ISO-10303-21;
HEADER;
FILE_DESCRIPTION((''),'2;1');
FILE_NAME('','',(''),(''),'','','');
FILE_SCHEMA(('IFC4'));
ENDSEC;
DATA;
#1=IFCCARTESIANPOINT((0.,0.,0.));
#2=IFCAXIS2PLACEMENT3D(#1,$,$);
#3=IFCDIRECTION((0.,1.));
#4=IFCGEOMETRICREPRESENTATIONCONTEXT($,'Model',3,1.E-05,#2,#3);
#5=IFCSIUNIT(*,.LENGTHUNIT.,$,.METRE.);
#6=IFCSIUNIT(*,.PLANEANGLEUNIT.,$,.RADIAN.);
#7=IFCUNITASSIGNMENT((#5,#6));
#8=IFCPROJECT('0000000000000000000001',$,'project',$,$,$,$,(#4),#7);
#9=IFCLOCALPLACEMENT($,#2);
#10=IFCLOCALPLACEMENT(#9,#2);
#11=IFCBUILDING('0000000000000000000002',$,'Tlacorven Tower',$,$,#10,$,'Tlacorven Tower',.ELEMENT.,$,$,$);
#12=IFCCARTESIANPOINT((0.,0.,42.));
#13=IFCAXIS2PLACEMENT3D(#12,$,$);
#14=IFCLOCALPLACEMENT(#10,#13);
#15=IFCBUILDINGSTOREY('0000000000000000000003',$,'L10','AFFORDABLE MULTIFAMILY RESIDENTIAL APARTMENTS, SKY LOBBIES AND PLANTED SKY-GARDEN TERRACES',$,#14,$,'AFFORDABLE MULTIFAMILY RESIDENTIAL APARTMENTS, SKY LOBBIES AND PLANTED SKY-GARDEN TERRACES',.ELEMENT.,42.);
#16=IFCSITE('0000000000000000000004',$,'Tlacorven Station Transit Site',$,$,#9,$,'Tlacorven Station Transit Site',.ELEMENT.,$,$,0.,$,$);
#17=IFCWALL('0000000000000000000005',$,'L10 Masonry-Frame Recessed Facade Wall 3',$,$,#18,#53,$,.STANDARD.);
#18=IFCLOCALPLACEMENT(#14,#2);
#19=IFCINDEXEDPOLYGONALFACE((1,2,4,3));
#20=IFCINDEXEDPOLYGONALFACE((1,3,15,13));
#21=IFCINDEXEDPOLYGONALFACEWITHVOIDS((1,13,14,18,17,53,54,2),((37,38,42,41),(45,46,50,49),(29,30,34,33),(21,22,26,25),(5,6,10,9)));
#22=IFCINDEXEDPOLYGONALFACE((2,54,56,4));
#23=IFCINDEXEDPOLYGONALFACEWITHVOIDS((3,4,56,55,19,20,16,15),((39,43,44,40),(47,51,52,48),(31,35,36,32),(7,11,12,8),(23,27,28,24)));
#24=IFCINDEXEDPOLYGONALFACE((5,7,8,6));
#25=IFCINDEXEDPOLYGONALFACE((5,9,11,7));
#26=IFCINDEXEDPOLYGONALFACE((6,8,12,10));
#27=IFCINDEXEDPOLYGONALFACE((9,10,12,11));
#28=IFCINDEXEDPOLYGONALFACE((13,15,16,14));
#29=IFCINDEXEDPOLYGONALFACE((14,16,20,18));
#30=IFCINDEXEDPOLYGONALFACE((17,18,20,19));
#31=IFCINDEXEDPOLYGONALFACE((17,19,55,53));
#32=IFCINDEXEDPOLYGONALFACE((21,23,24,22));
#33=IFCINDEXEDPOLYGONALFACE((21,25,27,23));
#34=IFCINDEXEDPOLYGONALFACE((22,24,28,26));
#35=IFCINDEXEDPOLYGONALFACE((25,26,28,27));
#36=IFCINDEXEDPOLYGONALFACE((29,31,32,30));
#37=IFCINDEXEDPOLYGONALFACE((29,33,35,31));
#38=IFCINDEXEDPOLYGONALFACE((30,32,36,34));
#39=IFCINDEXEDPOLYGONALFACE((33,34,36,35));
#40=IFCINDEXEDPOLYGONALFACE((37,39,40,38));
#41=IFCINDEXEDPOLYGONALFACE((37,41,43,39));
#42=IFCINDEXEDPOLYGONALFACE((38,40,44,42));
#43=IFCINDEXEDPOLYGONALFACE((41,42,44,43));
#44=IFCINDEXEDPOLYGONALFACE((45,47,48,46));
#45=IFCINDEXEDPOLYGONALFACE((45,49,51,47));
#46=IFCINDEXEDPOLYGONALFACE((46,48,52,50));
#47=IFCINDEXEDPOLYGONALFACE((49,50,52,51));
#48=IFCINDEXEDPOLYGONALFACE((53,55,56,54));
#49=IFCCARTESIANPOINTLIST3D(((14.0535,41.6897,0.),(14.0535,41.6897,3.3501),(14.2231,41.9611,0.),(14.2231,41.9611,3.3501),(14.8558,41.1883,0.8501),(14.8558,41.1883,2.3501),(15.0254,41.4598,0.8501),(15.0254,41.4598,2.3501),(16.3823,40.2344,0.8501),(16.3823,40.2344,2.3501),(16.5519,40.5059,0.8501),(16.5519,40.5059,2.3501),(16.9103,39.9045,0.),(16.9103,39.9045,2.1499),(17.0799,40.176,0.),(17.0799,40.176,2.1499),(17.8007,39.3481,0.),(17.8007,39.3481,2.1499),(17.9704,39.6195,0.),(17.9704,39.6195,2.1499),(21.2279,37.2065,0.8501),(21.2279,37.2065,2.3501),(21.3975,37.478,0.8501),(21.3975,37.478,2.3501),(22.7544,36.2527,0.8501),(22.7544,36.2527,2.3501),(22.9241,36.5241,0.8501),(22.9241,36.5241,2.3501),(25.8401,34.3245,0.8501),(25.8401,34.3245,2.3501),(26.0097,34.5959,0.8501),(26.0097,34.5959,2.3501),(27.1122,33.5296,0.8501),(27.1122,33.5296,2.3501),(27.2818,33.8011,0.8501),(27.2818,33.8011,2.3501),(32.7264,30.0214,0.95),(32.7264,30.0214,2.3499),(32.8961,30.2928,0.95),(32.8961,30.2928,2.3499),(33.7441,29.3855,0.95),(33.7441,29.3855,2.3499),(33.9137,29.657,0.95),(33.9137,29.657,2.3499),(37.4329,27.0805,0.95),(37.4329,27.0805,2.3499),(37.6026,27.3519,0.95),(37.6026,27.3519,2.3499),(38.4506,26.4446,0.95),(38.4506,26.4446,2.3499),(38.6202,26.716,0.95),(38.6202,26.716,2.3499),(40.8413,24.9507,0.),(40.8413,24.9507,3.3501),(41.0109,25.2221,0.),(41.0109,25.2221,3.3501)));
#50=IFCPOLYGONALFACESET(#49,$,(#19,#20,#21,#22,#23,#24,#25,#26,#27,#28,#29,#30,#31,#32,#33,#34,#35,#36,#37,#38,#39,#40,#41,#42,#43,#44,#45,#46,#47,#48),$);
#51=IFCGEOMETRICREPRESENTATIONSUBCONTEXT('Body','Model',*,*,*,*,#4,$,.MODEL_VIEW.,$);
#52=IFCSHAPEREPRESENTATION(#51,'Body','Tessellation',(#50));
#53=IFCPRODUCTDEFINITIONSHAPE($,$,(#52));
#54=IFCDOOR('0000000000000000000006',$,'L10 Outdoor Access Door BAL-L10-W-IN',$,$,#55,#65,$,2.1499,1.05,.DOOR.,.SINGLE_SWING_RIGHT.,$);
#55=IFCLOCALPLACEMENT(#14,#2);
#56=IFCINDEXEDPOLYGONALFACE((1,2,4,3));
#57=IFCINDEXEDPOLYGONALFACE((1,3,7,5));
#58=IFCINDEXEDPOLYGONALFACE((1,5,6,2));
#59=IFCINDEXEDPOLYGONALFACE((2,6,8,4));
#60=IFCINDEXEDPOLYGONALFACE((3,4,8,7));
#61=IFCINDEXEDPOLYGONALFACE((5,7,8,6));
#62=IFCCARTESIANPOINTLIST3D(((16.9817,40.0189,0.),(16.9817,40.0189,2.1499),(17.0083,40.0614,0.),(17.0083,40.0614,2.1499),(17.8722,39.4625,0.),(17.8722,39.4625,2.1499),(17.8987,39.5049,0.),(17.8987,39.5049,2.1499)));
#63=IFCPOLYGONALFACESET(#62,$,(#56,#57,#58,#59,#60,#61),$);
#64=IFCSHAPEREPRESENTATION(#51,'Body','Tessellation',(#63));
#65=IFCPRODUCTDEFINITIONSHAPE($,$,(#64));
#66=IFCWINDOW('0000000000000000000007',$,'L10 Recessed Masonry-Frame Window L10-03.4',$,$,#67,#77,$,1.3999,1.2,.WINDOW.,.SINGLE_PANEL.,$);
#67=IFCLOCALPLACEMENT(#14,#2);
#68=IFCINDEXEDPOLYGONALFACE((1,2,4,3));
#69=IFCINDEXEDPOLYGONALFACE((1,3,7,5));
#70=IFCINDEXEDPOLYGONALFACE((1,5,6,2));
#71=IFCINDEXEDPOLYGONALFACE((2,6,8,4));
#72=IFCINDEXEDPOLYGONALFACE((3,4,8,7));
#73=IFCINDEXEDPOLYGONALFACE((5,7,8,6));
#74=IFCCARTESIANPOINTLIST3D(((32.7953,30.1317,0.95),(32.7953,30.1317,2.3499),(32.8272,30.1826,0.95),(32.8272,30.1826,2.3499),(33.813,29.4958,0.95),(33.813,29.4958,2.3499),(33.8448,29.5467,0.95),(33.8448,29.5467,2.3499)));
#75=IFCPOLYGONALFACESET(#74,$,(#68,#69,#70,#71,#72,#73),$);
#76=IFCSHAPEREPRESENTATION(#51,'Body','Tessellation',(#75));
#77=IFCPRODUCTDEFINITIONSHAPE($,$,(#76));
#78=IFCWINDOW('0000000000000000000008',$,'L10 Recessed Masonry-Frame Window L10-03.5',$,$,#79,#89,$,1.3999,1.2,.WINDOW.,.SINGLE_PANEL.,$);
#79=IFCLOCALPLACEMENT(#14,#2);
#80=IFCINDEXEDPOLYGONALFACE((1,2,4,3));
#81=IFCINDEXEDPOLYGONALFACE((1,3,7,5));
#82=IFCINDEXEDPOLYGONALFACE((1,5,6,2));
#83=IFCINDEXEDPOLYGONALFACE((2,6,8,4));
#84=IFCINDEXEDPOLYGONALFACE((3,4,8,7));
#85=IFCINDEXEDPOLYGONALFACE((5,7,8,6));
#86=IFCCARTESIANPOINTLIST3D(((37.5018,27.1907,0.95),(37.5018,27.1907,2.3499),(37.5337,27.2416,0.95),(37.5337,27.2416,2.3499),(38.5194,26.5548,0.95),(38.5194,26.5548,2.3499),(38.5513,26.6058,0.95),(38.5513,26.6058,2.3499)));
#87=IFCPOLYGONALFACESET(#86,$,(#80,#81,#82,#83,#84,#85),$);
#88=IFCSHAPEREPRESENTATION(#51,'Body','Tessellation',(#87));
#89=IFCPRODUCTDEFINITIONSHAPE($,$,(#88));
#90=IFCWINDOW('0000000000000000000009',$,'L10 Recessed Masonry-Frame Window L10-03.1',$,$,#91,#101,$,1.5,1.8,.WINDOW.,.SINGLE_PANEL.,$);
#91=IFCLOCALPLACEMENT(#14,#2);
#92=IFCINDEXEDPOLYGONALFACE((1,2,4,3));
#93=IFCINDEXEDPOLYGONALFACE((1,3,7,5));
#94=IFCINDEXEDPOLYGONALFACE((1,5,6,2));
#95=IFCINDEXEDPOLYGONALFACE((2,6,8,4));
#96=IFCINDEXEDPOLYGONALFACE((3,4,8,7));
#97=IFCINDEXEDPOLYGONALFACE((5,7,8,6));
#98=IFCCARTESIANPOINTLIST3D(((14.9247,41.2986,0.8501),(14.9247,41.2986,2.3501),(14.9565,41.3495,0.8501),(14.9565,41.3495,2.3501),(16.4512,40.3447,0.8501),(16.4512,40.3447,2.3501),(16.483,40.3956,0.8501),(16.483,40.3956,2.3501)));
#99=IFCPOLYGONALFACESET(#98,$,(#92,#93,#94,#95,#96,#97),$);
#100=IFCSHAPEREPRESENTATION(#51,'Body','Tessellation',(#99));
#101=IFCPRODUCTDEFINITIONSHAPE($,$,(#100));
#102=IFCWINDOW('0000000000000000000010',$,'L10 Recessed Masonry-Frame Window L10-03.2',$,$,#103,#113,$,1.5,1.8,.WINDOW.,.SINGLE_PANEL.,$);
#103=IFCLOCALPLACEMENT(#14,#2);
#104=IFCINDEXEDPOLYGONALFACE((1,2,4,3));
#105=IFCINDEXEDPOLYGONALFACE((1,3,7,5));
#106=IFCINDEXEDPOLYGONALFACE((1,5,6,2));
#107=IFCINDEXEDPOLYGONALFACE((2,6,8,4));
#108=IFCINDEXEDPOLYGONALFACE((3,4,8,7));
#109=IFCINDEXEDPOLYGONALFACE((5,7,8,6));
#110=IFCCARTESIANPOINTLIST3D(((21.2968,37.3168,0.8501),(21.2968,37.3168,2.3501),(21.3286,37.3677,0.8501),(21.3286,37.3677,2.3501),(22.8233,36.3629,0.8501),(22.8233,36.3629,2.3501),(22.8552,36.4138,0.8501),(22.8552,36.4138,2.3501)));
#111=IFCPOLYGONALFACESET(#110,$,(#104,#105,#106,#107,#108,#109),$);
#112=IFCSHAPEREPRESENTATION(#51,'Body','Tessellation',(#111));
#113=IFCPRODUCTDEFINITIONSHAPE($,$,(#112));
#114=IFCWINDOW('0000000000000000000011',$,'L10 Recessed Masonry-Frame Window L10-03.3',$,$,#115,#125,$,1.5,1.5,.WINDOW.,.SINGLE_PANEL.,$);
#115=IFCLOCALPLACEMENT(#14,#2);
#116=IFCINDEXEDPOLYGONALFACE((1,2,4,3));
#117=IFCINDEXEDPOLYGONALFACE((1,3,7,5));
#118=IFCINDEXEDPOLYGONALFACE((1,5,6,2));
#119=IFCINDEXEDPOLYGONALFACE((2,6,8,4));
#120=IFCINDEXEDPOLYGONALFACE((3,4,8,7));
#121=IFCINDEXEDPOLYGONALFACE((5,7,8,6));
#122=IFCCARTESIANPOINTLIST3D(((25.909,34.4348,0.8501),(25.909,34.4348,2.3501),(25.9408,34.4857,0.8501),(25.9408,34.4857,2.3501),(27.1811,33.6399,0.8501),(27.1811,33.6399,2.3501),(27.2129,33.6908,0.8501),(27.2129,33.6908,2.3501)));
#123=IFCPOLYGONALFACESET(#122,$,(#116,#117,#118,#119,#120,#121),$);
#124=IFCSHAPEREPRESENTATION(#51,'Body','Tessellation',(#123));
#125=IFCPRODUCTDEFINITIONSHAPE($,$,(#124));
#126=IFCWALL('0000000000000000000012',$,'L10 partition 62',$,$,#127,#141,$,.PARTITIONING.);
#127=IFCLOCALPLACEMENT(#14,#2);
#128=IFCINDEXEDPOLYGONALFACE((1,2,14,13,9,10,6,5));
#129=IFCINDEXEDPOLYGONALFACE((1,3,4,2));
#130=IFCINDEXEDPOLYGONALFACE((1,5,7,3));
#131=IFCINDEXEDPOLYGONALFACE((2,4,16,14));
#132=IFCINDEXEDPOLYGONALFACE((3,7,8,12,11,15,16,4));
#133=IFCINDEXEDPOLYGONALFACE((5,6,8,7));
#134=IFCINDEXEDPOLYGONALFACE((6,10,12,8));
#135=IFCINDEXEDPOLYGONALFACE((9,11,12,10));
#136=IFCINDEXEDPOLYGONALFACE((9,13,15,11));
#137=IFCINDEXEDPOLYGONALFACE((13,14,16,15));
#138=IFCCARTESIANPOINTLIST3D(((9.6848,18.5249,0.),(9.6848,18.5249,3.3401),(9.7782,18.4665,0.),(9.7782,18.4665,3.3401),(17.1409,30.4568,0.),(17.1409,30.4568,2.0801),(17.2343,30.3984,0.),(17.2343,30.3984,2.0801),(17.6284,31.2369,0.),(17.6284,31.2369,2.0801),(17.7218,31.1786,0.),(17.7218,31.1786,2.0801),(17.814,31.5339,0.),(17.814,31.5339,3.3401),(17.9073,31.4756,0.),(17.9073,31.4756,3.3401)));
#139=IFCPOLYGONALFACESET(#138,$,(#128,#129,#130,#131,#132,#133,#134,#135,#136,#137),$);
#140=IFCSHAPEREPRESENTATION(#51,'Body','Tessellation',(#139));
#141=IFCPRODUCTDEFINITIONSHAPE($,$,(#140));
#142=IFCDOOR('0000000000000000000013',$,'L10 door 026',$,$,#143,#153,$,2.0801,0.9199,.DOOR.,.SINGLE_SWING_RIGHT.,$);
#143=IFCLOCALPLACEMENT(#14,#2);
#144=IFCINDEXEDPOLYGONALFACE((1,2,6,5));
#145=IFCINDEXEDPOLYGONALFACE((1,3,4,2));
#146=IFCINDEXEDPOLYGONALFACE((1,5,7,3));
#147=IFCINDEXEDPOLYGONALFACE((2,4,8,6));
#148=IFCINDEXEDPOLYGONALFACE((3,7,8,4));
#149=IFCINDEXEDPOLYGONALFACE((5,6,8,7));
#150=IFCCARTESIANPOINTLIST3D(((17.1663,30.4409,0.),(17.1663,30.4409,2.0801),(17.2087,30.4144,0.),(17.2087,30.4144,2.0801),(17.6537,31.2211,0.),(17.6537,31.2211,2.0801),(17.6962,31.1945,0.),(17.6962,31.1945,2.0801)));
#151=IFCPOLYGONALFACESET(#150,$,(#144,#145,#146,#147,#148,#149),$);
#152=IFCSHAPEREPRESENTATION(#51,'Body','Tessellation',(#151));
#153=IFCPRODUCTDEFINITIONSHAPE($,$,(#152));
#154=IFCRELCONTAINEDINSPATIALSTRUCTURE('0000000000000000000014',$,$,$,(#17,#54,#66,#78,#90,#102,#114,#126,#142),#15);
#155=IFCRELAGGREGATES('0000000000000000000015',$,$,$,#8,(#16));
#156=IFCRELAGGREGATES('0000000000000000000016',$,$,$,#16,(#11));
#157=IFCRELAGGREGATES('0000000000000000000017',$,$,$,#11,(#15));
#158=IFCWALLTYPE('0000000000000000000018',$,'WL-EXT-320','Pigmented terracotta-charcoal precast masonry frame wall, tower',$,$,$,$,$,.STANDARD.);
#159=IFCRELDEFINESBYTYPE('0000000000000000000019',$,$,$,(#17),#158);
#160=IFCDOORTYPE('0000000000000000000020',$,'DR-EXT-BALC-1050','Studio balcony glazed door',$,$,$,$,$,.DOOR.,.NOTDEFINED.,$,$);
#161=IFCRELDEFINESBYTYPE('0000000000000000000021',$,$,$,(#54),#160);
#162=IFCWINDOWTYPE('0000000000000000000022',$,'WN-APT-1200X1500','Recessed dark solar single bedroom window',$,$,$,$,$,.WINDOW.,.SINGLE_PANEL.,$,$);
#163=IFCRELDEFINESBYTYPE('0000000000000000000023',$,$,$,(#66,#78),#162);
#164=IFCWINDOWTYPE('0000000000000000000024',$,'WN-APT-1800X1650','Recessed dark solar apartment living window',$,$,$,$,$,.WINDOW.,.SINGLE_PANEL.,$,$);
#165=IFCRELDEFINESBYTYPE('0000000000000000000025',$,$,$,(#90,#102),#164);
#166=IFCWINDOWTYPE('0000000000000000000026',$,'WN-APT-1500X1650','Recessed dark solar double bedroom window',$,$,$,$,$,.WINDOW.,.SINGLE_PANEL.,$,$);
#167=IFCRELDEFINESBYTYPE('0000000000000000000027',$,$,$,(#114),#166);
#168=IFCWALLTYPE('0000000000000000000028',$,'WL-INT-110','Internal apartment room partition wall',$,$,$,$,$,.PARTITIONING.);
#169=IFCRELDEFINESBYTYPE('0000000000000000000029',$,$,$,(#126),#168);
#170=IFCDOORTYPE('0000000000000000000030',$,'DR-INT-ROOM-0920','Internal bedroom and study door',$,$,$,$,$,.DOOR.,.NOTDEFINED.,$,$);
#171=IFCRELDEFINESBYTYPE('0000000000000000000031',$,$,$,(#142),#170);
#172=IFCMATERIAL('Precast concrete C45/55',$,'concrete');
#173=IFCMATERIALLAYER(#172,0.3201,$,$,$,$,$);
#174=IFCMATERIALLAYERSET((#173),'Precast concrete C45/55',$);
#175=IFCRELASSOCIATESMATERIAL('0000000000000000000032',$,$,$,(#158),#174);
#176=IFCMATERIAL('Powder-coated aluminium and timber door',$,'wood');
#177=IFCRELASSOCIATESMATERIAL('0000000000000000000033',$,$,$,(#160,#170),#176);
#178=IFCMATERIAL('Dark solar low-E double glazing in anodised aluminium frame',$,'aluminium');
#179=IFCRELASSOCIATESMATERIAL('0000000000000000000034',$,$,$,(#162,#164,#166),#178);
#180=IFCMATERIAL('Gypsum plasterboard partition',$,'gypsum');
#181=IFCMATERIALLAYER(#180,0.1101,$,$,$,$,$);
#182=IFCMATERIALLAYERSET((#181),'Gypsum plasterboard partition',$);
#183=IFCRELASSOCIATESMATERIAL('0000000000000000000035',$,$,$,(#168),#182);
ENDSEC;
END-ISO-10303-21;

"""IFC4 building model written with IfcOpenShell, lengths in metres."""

from ifc_helpers import new_model, si_unit, direction, frame, frame_2d, origin, place, context, subcontext, project, spatial, rectangle, extrude, source, transform, mapped, material, layer, layer_set, type_object, element, fill, save


model = new_model("IFC4")

# Units and contexts
model_context = context("Model", 3, precision=1e-05, world=origin(), true_north=direction((0.0, 1.0)))
body_context = subcontext(model_context, "Body", "Model", "MODEL_VIEW")
ifc_project = project(units=[si_unit("LENGTHUNIT", "METRE"), si_unit("PLANEANGLEUNIT", "RADIAN")], contexts=[model_context])

# Site, building, storey
site_placement = place(None, origin())
site = spatial("IfcSite", under=ifc_project, at=site_placement, Name="Tlacorven Station Transit Site", LongName="Tlacorven Station Transit Site", CompositionType="ELEMENT", RefElevation=0.0)
building_placement = place(site_placement, origin())
building = spatial("IfcBuilding", under=site, at=building_placement, Name="Tlacorven Tower", LongName="Tlacorven Tower", CompositionType="ELEMENT")
storey_placement = place(building_placement, frame((0.0, 0.0, 42.0)))
storey = spatial("IfcBuildingStorey", under=building, at=storey_placement, Name="L10", Description="AFFORDABLE MULTIFAMILY RESIDENTIAL APARTMENTS, SKY LOBBIES AND PLANTED SKY-GARDEN TERRACES", LongName="AFFORDABLE MULTIFAMILY RESIDENTIAL APARTMENTS, SKY LOBBIES AND PLANTED SKY-GARDEN TERRACES", CompositionType="ELEMENT", Elevation=42.0)

# Wall, openings, door, windows
ifc_material_1 = material(Name="Precast concrete C45/55", Category="concrete")
ifc_layer_1 = layer(ifc_material_1, 0.3201)
ifc_layer_set_1 = layer_set([ifc_layer_1], Name="Precast concrete C45/55")
wall_type_1 = type_object("IfcWallType", Name="WL-EXT-320", Description="Pigmented terracotta-charcoal precast masonry frame wall, tower", PredefinedType="STANDARD", material=ifc_layer_set_1)
wall_1_placement = place(storey_placement, frame((14.1382, 41.8254, 0.0), z_axis=(0.0, 0.0, 1.0), x_axis=(0.848046, -0.529922, 0.0)))
wall_1 = element("IfcWall", 1, at=wall_1_placement, inside=storey, type_object=wall_type_1, Name="L10 Masonry-Frame Recessed Facade Wall 3", PredefinedType="STANDARD", context=body_context, shape_type="SweptSolid", body=[
    extrude(rectangle(XDim=31.5876, YDim=0.3201, at=frame_2d((15.7939, 0.0))), origin(), (0.0, 0.0, 1.0), 3.3501),
])
opening_1_placement = place(wall_1_placement, frame((3.3689, 0.0, 0.0)))
opening_1 = element("IfcOpeningElement", 2, at=opening_1_placement, cuts=wall_1, PredefinedType="OPENING", context=body_context, shape_type="SweptSolid", body=[
    extrude(rectangle(XDim=1.05, YDim=2.1499, at=frame_2d((0.5249, 1.075))), frame((0.0, 0.1699, 0.0), z_axis=(0.0, -1.0, 0.0), x_axis=(1.0, 0.0, 0.0)), (0.0, 0.0, 1.0), 0.3401),
])
opening_2_placement = place(wall_1_placement, frame((0.9463, 0.0, 0.8501)))
opening_2 = element("IfcOpeningElement", 3, at=opening_2_placement, cuts=wall_1, PredefinedType="OPENING", context=body_context, shape_type="SweptSolid", body=[
    extrude(rectangle(XDim=1.8, YDim=1.5, at=frame_2d((0.8999, 0.75))), frame((0.0, 0.1699, 0.0), z_axis=(0.0, -1.0, 0.0), x_axis=(1.0, 0.0, 0.0)), (0.0, 0.0, 1.0), 0.3401),
])
opening_3_placement = place(wall_1_placement, frame((8.4602, 0.0, 0.8501)))
opening_3 = element("IfcOpeningElement", 4, at=opening_3_placement, cuts=wall_1, PredefinedType="OPENING", context=body_context, shape_type="SweptSolid", body=[
    extrude(rectangle(XDim=1.8, YDim=1.5, at=frame_2d((0.8999, 0.75))), frame((0.0, 0.1699, 0.0), z_axis=(0.0, -1.0, 0.0), x_axis=(1.0, 0.0, 0.0)), (0.0, 0.0, 1.0), 0.3401),
])
opening_4_placement = place(wall_1_placement, frame((13.8987, 0.0, 0.8501)))
opening_4 = element("IfcOpeningElement", 5, at=opening_4_placement, cuts=wall_1, PredefinedType="OPENING", context=body_context, shape_type="SweptSolid", body=[
    extrude(rectangle(XDim=1.5, YDim=1.5, at=frame_2d((0.75, 0.75))), frame((0.0, 0.1699, 0.0), z_axis=(0.0, -1.0, 0.0), x_axis=(1.0, 0.0, 0.0)), (0.0, 0.0, 1.0), 0.3401),
])
opening_5_placement = place(wall_1_placement, frame((22.0188, 0.0, 0.95)))
opening_5 = element("IfcOpeningElement", 6, at=opening_5_placement, cuts=wall_1, PredefinedType="OPENING", context=body_context, shape_type="SweptSolid", body=[
    extrude(rectangle(XDim=1.2, YDim=1.3999, at=frame_2d((0.6001, 0.7))), frame((0.0, 0.1699, 0.0), z_axis=(0.0, -1.0, 0.0), x_axis=(1.0, 0.0, 0.0)), (0.0, 0.0, 1.0), 0.3401),
])
opening_6_placement = place(wall_1_placement, frame((27.5686, 0.0, 0.95)))
opening_6 = element("IfcOpeningElement", 7, at=opening_6_placement, cuts=wall_1, PredefinedType="OPENING", context=body_context, shape_type="SweptSolid", body=[
    extrude(rectangle(XDim=1.2, YDim=1.3999, at=frame_2d((0.6001, 0.7))), frame((0.0, 0.1699, 0.0), z_axis=(0.0, -1.0, 0.0), x_axis=(1.0, 0.0, 0.0)), (0.0, 0.0, 1.0), 0.3401),
])
ifc_material_2 = material(Name="Powder-coated aluminium and timber door", Category="wood")
door_type_1 = type_object("IfcDoorType", Name="DR-EXT-BALC-1050", Description="Studio balcony glazed door", OperationType="NOTDEFINED", PredefinedType="DOOR", material=ifc_material_2)
shared_shape_1 = source(origin(), body_context, "Body", "SweptSolid", [
    extrude(rectangle(XDim=1.05, YDim=2.1499, at=frame_2d((0.5249, 1.075))), frame((0.0, 0.0249, 0.0), z_axis=(0.0, -1.0, 0.0), x_axis=(1.0, 0.0, 0.0)), (0.0, 0.0, 1.0), 0.05),
])
door_1_placement = place(opening_1_placement, origin())
door_1 = element("IfcDoor", 8, at=door_1_placement, inside=storey, type_object=door_type_1, Name="L10 Outdoor Access Door BAL-L10-W-IN", OperationType="SINGLE_SWING_RIGHT", OverallHeight=2.1499, OverallWidth=1.05, PredefinedType="DOOR", context=body_context, shape_type="MappedRepresentation", body=[
    mapped(shared_shape_1, transform((0.0, 0.0, 0.0), scale=1.0)),
])
fill(opening_1, door_1)
ifc_material_3 = material(Name="Dark solar low-E double glazing in anodised aluminium frame", Category="aluminium")
window_type_1 = type_object("IfcWindowType", Name="WN-APT-1200X1500", Description="Recessed dark solar single bedroom window", PartitioningType="SINGLE_PANEL", PredefinedType="WINDOW", material=ifc_material_3)
shared_shape_2 = source(origin(), body_context, "Body", "SweptSolid", [
    extrude(rectangle(XDim=1.2, YDim=1.3999, at=frame_2d((0.6001, 0.7))), frame((0.0, 0.03, 0.0), z_axis=(0.0, -1.0, 0.0), x_axis=(1.0, 0.0, 0.0)), (0.0, 0.0, 1.0), 0.0601),
])
window_1_placement = place(opening_5_placement, origin())
window_1 = element("IfcWindow", 9, at=window_1_placement, inside=storey, type_object=window_type_1, Name="L10 Recessed Masonry-Frame Window L10-03.4", OverallHeight=1.3999, OverallWidth=1.2, PartitioningType="SINGLE_PANEL", PredefinedType="WINDOW", context=body_context, shape_type="MappedRepresentation", body=[
    mapped(shared_shape_2, transform((0.0, 0.0, 0.0), scale=1.0)),
])
fill(opening_5, window_1)
window_2_placement = place(opening_6_placement, origin())
window_2 = element("IfcWindow", 10, at=window_2_placement, inside=storey, type_object=window_type_1, Name="L10 Recessed Masonry-Frame Window L10-03.5", OverallHeight=1.3999, OverallWidth=1.2, PartitioningType="SINGLE_PANEL", PredefinedType="WINDOW", context=body_context, shape_type="MappedRepresentation", body=[
    mapped(shared_shape_2, transform((0.0, 0.0, 0.0), scale=1.0)),
])
fill(opening_6, window_2)
window_type_2 = type_object("IfcWindowType", Name="WN-APT-1800X1650", Description="Recessed dark solar apartment living window", PartitioningType="SINGLE_PANEL", PredefinedType="WINDOW", material=ifc_material_3)
shared_shape_3 = source(origin(), body_context, "Body", "SweptSolid", [
    extrude(rectangle(XDim=1.8, YDim=1.5, at=frame_2d((0.8999, 0.75))), frame((0.0, 0.03, 0.0), z_axis=(0.0, -1.0, 0.0), x_axis=(1.0, 0.0, 0.0)), (0.0, 0.0, 1.0), 0.0601),
])
window_3_placement = place(opening_2_placement, origin())
window_3 = element("IfcWindow", 11, at=window_3_placement, inside=storey, type_object=window_type_2, Name="L10 Recessed Masonry-Frame Window L10-03.1", OverallHeight=1.5, OverallWidth=1.8, PartitioningType="SINGLE_PANEL", PredefinedType="WINDOW", context=body_context, shape_type="MappedRepresentation", body=[
    mapped(shared_shape_3, transform((0.0, 0.0, 0.0), scale=1.0)),
])
fill(opening_2, window_3)
window_4_placement = place(opening_3_placement, origin())
window_4 = element("IfcWindow", 12, at=window_4_placement, inside=storey, type_object=window_type_2, Name="L10 Recessed Masonry-Frame Window L10-03.2", OverallHeight=1.5, OverallWidth=1.8, PartitioningType="SINGLE_PANEL", PredefinedType="WINDOW", context=body_context, shape_type="MappedRepresentation", body=[
    mapped(shared_shape_3, transform((0.0, 0.0, 0.0), scale=1.0)),
])
fill(opening_3, window_4)
window_type_3 = type_object("IfcWindowType", Name="WN-APT-1500X1650", Description="Recessed dark solar double bedroom window", PartitioningType="SINGLE_PANEL", PredefinedType="WINDOW", material=ifc_material_3)
shared_shape_4 = source(origin(), body_context, "Body", "SweptSolid", [
    extrude(rectangle(XDim=1.5, YDim=1.5, at=frame_2d((0.75, 0.75))), frame((0.0, 0.03, 0.0), z_axis=(0.0, -1.0, 0.0), x_axis=(1.0, 0.0, 0.0)), (0.0, 0.0, 1.0), 0.0601),
])
window_5_placement = place(opening_4_placement, origin())
window_5 = element("IfcWindow", 13, at=window_5_placement, inside=storey, type_object=window_type_3, Name="L10 Recessed Masonry-Frame Window L10-03.3", OverallHeight=1.5, OverallWidth=1.5, PartitioningType="SINGLE_PANEL", PredefinedType="WINDOW", context=body_context, shape_type="MappedRepresentation", body=[
    mapped(shared_shape_4, transform((0.0, 0.0, 0.0), scale=1.0)),
])
fill(opening_4, window_5)

# Wall, opening, door
ifc_material_4 = material(Name="Gypsum plasterboard partition", Category="gypsum")
ifc_layer_2 = layer(ifc_material_4, 0.1101)
ifc_layer_set_2 = layer_set([ifc_layer_2], Name="Gypsum plasterboard partition")
wall_type_2 = type_object("IfcWallType", Name="WL-INT-110", Description="Internal apartment room partition wall", PredefinedType="PARTITIONING", material=ifc_layer_set_2)
wall_2_placement = place(storey_placement, frame((17.8606, 31.5046, 0.0), z_axis=(0.0, 0.0, 1.0), x_axis=(-0.529929, -0.848042, 0.0)))
wall_2 = element("IfcWall", 14, at=wall_2_placement, inside=storey, type_object=wall_type_2, Name="L10 partition 62", PredefinedType="PARTITIONING", context=body_context, shape_type="SweptSolid", body=[
    extrude(rectangle(XDim=15.3401, YDim=0.1101, at=frame_2d((7.6699, 0.0))), origin(), (0.0, 0.0, 1.0), 3.3401),
])
opening_7_placement = place(wall_2_placement, frame((0.3501, 0.0, 0.0)))
opening_7 = element("IfcOpeningElement", 15, at=opening_7_placement, cuts=wall_2, PredefinedType="OPENING", context=body_context, shape_type="SweptSolid", body=[
    extrude(rectangle(XDim=0.9199, YDim=2.0801, at=frame_2d((0.46, 1.04))), frame((0.0, 0.0649, 0.0), z_axis=(0.0, -1.0, 0.0), x_axis=(1.0, 0.0, 0.0)), (0.0, 0.0, 1.0), 0.1301),
])
door_type_2 = type_object("IfcDoorType", Name="DR-INT-ROOM-0920", Description="Internal bedroom and study door", OperationType="NOTDEFINED", PredefinedType="DOOR", material=ifc_material_2)
shared_shape_5 = source(origin(), body_context, "Body", "SweptSolid", [
    extrude(rectangle(XDim=0.9199, YDim=2.0801, at=frame_2d((0.46, 1.04))), frame((0.0, 0.0249, 0.0), z_axis=(0.0, -1.0, 0.0), x_axis=(1.0, 0.0, 0.0)), (0.0, 0.0, 1.0), 0.05),
])
door_2_placement = place(opening_7_placement, origin())
door_2 = element("IfcDoor", 16, at=door_2_placement, inside=storey, type_object=door_type_2, Name="L10 door 026", OperationType="SINGLE_SWING_RIGHT", OverallHeight=2.0801, OverallWidth=0.9199, PredefinedType="DOOR", context=body_context, shape_type="MappedRepresentation", body=[
    mapped(shared_shape_5, transform((0.0, 0.0, 0.0), scale=1.0)),
])
fill(opening_7, door_2)

save(model, "model.ifc")
